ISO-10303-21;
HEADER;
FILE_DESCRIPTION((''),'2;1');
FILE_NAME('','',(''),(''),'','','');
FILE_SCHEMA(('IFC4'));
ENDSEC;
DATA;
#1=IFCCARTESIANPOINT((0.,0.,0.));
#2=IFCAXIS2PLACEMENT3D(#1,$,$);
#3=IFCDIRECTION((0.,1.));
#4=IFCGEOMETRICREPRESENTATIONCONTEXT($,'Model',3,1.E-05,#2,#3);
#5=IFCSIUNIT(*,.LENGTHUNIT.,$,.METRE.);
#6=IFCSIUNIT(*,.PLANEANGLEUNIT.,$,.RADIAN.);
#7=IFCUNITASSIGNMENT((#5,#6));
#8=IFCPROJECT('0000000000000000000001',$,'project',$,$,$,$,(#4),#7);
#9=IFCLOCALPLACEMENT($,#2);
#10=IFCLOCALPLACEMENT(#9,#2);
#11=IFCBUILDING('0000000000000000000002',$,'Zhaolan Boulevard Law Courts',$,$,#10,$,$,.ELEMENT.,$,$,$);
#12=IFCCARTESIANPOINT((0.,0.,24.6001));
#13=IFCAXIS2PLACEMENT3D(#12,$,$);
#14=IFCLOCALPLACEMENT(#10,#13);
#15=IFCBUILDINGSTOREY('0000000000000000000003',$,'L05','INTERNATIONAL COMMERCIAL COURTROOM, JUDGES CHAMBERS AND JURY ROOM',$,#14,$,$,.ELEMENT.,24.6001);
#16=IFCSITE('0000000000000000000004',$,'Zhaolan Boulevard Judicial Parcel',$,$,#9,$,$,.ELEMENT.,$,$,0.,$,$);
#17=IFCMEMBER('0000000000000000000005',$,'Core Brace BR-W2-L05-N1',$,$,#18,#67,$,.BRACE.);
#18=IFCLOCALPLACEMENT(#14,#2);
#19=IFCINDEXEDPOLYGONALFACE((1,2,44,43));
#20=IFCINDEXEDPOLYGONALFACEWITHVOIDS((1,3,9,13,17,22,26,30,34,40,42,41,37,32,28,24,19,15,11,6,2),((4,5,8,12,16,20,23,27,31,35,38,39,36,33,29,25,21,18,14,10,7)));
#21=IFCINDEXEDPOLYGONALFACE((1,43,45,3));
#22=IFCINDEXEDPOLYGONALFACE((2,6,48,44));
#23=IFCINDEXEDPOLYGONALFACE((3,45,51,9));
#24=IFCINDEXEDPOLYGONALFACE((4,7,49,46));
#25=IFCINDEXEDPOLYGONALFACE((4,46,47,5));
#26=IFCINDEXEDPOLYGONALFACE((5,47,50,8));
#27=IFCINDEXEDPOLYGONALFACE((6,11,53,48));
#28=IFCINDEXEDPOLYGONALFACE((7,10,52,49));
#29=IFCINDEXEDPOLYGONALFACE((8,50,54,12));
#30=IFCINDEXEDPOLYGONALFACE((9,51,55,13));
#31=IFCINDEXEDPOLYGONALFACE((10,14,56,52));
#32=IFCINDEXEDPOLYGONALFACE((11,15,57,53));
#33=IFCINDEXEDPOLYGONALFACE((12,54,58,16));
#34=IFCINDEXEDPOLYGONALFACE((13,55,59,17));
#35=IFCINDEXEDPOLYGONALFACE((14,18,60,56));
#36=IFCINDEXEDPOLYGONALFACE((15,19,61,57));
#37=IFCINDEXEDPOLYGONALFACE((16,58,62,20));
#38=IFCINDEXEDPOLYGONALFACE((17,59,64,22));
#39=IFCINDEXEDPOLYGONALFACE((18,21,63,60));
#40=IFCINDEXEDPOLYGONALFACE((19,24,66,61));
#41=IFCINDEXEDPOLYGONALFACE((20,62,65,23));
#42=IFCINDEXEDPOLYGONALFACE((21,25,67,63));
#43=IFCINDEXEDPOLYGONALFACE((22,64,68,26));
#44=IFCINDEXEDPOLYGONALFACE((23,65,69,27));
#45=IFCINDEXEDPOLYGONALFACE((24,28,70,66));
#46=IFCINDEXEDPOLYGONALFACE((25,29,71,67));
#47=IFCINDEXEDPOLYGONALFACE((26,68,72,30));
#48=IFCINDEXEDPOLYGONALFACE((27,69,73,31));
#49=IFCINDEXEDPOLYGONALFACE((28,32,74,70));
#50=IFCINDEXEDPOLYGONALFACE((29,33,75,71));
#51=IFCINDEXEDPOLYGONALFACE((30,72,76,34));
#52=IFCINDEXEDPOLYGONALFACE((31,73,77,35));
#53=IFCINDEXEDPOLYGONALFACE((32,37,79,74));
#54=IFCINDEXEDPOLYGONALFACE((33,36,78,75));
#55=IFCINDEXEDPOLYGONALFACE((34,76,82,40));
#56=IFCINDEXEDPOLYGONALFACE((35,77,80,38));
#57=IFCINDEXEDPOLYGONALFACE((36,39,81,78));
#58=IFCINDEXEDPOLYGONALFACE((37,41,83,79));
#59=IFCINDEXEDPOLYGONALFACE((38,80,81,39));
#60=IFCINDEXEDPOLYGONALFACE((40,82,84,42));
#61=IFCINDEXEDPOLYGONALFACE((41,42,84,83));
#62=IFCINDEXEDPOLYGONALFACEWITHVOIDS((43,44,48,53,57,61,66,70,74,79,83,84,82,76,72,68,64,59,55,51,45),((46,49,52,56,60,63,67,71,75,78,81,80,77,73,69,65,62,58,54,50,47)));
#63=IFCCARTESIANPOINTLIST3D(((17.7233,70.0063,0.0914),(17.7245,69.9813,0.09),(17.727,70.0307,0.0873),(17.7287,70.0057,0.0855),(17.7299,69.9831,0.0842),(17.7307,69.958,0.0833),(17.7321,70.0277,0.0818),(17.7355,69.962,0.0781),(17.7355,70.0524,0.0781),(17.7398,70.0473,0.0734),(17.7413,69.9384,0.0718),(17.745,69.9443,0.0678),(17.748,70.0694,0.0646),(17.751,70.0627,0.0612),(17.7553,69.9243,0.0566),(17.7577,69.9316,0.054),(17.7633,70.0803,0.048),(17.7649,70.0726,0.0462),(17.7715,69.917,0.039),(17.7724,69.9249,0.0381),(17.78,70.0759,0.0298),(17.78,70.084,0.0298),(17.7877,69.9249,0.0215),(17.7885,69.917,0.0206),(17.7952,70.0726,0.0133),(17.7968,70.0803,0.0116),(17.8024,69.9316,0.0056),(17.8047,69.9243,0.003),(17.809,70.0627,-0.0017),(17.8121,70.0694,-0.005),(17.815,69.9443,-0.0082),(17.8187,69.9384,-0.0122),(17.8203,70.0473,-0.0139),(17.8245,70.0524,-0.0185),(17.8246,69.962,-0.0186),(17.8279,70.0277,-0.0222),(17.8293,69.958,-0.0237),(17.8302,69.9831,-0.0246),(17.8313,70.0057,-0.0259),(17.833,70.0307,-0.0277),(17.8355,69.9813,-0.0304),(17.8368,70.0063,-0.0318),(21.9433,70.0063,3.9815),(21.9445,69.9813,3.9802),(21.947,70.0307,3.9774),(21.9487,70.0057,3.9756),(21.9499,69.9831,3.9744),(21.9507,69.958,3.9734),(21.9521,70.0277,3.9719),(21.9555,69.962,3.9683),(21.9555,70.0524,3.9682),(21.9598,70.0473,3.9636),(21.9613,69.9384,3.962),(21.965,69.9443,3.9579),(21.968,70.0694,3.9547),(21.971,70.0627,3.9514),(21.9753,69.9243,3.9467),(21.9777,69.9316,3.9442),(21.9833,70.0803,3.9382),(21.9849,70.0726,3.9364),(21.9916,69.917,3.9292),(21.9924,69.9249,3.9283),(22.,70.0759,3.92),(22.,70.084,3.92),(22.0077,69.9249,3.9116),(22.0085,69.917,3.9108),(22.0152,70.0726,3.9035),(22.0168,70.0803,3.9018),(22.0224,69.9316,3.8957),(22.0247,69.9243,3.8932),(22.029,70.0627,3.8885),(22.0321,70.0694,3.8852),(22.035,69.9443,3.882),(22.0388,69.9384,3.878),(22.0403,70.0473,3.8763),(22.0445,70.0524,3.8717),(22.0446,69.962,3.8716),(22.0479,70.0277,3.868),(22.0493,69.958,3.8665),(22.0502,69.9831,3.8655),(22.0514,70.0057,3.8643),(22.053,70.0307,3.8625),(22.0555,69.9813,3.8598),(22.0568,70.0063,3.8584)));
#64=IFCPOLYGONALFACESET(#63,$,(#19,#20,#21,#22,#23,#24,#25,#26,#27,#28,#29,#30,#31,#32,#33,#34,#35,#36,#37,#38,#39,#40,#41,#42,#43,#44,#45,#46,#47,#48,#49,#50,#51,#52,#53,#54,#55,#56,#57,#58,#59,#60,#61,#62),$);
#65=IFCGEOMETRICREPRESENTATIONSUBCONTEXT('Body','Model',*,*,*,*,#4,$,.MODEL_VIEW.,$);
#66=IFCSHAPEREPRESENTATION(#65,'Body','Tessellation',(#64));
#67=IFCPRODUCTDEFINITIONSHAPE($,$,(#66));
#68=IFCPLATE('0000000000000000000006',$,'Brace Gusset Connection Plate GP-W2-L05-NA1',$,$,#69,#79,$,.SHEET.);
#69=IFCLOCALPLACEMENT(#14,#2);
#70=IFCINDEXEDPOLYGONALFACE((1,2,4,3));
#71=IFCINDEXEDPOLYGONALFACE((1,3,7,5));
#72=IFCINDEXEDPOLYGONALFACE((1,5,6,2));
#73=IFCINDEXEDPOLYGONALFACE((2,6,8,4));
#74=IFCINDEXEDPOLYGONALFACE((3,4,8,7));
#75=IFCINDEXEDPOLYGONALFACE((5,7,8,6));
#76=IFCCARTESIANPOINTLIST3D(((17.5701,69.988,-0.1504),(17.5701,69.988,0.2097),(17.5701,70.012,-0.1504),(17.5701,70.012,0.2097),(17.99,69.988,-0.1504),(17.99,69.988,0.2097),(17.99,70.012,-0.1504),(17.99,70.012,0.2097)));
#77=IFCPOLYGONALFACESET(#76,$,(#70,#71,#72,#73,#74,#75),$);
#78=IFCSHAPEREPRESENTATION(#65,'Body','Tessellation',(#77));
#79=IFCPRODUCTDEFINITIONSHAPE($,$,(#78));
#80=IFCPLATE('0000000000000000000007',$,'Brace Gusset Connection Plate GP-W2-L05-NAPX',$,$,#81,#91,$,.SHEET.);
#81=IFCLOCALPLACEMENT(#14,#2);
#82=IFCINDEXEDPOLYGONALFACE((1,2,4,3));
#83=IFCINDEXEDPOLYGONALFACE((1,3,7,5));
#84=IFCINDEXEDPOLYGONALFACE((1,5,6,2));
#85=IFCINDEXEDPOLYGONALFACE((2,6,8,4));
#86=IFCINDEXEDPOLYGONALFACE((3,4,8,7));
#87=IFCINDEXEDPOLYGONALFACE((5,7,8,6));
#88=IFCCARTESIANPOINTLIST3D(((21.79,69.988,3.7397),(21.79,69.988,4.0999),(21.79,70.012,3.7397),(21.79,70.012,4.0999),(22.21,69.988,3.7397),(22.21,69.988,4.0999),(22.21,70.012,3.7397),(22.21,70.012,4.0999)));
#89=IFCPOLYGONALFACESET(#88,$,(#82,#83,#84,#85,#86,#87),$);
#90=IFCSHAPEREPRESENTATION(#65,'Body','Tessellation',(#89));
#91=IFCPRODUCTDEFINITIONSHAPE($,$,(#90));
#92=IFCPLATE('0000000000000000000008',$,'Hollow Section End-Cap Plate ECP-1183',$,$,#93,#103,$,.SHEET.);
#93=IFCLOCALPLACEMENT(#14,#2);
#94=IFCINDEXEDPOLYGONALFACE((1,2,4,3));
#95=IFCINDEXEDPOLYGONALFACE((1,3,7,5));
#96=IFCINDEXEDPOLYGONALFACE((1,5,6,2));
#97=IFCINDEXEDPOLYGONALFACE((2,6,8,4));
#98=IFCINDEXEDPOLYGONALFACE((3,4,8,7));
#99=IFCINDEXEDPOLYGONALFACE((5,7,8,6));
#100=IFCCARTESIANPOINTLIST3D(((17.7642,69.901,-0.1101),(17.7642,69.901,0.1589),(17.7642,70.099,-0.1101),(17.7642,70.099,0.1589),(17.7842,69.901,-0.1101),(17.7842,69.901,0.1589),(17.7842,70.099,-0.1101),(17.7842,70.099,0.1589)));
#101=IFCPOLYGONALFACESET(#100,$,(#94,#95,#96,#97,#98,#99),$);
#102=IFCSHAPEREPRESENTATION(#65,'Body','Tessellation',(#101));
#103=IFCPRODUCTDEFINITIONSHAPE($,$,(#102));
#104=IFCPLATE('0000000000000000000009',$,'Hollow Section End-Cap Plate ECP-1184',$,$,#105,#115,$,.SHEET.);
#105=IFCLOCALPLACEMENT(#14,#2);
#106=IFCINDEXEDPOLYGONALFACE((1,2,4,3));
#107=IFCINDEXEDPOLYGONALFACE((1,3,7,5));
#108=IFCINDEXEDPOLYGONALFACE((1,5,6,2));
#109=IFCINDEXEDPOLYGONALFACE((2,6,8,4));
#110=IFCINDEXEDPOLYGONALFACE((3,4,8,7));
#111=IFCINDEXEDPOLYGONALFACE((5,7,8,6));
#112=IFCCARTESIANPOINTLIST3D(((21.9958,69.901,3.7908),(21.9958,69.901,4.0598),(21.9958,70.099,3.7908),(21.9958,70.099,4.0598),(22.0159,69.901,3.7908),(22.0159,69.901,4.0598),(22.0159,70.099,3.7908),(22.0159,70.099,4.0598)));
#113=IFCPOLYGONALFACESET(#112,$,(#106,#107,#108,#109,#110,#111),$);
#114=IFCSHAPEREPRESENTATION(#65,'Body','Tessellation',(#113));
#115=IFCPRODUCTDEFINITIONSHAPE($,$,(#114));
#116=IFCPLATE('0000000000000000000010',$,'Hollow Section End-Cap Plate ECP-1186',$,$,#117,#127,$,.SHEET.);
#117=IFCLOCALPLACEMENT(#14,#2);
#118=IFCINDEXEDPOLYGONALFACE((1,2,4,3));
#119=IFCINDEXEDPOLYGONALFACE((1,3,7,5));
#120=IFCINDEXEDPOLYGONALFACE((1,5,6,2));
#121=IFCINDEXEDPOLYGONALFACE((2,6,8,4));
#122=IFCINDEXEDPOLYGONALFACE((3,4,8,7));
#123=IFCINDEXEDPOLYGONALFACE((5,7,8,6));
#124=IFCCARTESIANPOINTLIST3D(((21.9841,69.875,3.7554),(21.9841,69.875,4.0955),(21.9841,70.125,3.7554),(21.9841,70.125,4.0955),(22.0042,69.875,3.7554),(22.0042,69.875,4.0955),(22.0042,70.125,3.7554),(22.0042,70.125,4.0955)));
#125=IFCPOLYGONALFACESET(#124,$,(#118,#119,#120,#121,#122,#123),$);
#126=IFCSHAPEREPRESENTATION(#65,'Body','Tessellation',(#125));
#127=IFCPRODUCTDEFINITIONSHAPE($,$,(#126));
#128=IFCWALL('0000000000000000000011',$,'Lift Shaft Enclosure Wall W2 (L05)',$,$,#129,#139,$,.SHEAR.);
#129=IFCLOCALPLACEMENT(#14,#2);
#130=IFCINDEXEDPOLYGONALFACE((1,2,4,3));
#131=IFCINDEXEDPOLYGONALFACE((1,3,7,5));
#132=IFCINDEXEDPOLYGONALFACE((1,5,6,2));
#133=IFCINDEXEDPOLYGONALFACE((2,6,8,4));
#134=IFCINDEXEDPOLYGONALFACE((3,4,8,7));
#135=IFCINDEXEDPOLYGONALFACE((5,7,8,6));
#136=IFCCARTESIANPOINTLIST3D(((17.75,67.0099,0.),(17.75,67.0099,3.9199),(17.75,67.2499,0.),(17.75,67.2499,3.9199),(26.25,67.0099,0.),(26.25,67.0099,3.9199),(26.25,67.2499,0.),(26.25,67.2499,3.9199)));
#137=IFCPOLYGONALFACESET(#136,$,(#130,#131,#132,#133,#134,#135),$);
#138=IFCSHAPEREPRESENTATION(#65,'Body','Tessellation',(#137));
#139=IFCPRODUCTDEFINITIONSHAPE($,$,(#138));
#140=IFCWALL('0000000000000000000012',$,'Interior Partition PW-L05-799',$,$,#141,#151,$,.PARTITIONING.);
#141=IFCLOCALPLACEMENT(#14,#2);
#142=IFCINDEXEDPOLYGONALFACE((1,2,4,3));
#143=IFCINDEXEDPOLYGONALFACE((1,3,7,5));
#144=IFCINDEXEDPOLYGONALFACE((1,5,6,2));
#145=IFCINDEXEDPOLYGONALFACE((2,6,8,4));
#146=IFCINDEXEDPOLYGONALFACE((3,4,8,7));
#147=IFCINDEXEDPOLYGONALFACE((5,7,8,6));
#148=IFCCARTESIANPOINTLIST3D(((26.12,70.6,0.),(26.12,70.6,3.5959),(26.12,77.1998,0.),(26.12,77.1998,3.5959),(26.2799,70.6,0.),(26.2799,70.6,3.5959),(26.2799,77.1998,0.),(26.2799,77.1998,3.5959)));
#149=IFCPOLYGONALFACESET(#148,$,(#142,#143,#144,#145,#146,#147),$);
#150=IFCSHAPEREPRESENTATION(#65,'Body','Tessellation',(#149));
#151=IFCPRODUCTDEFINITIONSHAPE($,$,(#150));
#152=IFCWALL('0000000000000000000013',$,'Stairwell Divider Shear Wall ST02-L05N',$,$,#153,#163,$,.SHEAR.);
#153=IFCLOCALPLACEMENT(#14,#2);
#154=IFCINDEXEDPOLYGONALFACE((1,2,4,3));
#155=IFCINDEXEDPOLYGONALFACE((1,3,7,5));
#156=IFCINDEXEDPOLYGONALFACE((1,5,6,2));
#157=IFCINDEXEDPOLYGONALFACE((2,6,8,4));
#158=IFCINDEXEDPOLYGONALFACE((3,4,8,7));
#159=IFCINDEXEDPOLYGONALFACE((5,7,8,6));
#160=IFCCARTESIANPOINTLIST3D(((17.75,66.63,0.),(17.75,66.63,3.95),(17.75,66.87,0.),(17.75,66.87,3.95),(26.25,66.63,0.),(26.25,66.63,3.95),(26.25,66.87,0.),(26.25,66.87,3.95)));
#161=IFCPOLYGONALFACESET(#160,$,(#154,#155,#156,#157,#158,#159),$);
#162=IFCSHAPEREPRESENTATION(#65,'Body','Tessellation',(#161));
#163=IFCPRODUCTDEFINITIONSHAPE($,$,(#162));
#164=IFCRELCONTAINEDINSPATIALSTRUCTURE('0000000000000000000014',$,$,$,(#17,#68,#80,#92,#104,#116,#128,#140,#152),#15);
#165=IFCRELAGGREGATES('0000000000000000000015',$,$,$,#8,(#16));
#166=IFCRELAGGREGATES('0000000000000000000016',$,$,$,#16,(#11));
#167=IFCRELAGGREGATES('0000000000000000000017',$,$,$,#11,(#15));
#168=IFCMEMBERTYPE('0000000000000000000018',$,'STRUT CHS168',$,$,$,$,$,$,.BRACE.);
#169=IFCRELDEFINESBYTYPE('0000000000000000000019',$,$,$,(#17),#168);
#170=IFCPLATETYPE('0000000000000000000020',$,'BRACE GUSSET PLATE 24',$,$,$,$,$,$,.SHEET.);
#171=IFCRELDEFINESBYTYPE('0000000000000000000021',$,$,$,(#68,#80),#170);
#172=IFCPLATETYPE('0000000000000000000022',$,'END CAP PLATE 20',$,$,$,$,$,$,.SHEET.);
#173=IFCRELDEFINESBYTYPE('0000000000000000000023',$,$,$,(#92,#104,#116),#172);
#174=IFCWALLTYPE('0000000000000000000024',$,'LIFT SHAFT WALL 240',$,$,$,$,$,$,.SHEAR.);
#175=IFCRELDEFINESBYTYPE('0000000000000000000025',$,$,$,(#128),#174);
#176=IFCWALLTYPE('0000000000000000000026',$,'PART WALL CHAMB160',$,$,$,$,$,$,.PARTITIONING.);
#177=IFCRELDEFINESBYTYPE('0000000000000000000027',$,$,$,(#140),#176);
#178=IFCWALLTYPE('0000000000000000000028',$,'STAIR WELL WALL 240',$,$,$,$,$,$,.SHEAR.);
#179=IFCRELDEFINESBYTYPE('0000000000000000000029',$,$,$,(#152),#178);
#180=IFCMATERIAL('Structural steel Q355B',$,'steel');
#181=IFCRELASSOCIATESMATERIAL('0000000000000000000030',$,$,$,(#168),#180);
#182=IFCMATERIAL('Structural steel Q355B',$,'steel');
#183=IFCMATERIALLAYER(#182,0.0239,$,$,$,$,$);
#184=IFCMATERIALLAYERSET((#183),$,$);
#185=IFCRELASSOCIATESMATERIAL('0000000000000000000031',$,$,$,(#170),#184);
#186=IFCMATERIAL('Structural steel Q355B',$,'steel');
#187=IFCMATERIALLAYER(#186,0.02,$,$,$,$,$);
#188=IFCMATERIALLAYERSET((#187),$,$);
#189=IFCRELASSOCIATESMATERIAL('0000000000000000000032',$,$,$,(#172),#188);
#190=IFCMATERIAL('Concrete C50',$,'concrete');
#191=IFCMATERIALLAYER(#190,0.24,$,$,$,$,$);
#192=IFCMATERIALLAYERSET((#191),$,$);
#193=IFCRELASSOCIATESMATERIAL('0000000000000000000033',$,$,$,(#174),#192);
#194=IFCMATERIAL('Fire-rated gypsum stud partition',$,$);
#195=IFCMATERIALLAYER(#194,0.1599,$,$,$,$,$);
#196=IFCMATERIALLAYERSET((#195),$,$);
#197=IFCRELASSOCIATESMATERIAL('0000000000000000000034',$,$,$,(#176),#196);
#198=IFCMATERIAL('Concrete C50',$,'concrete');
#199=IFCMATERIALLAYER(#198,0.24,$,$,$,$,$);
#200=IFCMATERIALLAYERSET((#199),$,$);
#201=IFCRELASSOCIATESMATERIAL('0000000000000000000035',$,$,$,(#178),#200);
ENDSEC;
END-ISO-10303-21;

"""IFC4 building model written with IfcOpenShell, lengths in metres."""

from ifc_helpers import new_model, si_unit, direction, frame, frame_2d, origin, origin_2d, place, context, subcontext, project, spatial, rectangle, hollow_circle, extrude, material, layer, layer_set, material_profile, profile_set, type_object, element, save


model = new_model("IFC4")

# Units and contexts
model_context = context("Model", 3, precision=1e-05, world=origin(), true_north=direction((0.0, 1.0)))
body_context = subcontext(model_context, "Body", "Model", "MODEL_VIEW")
ifc_project = project(units=[si_unit("LENGTHUNIT", "METRE"), si_unit("PLANEANGLEUNIT", "RADIAN")], contexts=[model_context])

# Site, building, storey
site_placement = place(None, origin())
site = spatial("IfcSite", under=ifc_project, at=site_placement, Name="Zhaolan Boulevard Judicial Parcel", CompositionType="ELEMENT", RefElevation=0.0)
building_placement = place(site_placement, origin())
building = spatial("IfcBuilding", under=site, at=building_placement, Name="Zhaolan Boulevard Law Courts", CompositionType="ELEMENT")
storey_placement = place(building_placement, frame((0.0, 0.0, 24.6001)))
storey = spatial("IfcBuildingStorey", under=building, at=storey_placement, Name="L05", Description="INTERNATIONAL COMMERCIAL COURTROOM, JUDGES CHAMBERS AND JURY ROOM", CompositionType="ELEMENT", Elevation=24.6001)

# Member
ifc_material_1 = material(Name="Structural steel Q355B", Category="steel")
ifc_material_profile_1 = material_profile(ifc_material_1, hollow_circle(Radius=0.084, WallThickness=0.0081, at=origin_2d()), Name="CHS168x8")
ifc_profile_set_1 = profile_set([ifc_material_profile_1], Name="Structural steel Q355B")
member_type = type_object("IfcMemberType", Name="STRUT CHS168", PredefinedType="BRACE", material=ifc_profile_set_1)
member_placement = place(storey_placement, frame((17.78, 70.0, 0.0298), z_axis=(0.735257, 0.0, 0.677789), x_axis=(0.0, 1.0, 0.0)))
element("IfcMember", 1, at=member_placement, inside=storey, type_object=member_type, Name="Core Brace BR-W2-L05-N1", PredefinedType="BRACE", context=body_context, shape_type="SweptSolid", body=[
    extrude(hollow_circle(Radius=0.084, WallThickness=0.0081, at=origin_2d()), origin(), (0.0, 0.0, 1.0), 5.7395),
])

# Plates
ifc_material_2 = material(Name="Structural steel Q355B", Category="steel")
ifc_layer_1 = layer(ifc_material_2, 0.0239)
ifc_layer_set_1 = layer_set([ifc_layer_1])
plate_type_1 = type_object("IfcPlateType", Name="BRACE GUSSET PLATE 24", PredefinedType="SHEET", material=ifc_layer_set_1)
for number, where, z_axis, x_axis, name in (
    (2, (17.78, 70.0, -0.1504), (0.0, 0.0, 1.0), (1.0, 0.0, 0.0), "Brace Gusset Connection Plate GP-W2-L05-NA1"),
    (3, (22.0, 70.0, 3.7397), (0.0, 0.0, 1.0), (1.0, 0.0, 0.0), "Brace Gusset Connection Plate GP-W2-L05-NAPX"),
):
    element("IfcPlate", number, at=place(storey_placement, frame(where, z_axis=z_axis, x_axis=x_axis)), inside=storey, type_object=plate_type_1, Name=name, PredefinedType="SHEET", context=body_context, shape_type="SweptSolid", body=[
        extrude(rectangle(XDim=0.4199, YDim=0.0239, at=origin_2d()), origin(), (0.0, 0.0, 1.0), 0.3601),
    ])
ifc_material_3 = material(Name="Structural steel Q355B", Category="steel")
ifc_layer_2 = layer(ifc_material_3, 0.02)
ifc_layer_set_2 = layer_set([ifc_layer_2])
plate_type_2 = type_object("IfcPlateType", Name="END CAP PLATE 20", PredefinedType="SHEET", material=ifc_layer_set_2)
for number, where, z_axis, x_axis, name in (
    (4, (17.7742, 70.0, -0.1101), (0.0, 0.0, 1.0), (1.0, 0.0, 0.0), "Hollow Section End-Cap Plate ECP-1183"),
    (5, (22.0059, 70.0, 3.7908), (0.0, 0.0, 1.0), (1.0, 0.0, 0.0), "Hollow Section End-Cap Plate ECP-1184"),
):
    element("IfcPlate", number, at=place(storey_placement, frame(where, z_axis=z_axis, x_axis=x_axis)), inside=storey, type_object=plate_type_2, Name=name, PredefinedType="SHEET", context=body_context, shape_type="SweptSolid", body=[
        extrude(rectangle(XDim=0.02, YDim=0.198, at=origin_2d()), origin(), (0.0, 0.0, 1.0), 0.269),
    ])
plate_placement = place(storey_placement, frame((21.9941, 70.0, 3.7554), z_axis=(0.0, 0.0, 1.0), x_axis=(-1.0, 0.0, 0.0)))
element("IfcPlate", 6, at=plate_placement, inside=storey, type_object=plate_type_2, Name="Hollow Section End-Cap Plate ECP-1186", PredefinedType="SHEET", context=body_context, shape_type="SweptSolid", body=[
    extrude(rectangle(XDim=0.02, YDim=0.25, at=origin_2d()), origin(), (0.0, 0.0, 1.0), 0.3401),
])

# Walls
ifc_material_4 = material(Name="Concrete C50", Category="concrete")
ifc_layer_3 = layer(ifc_material_4, 0.24)
ifc_layer_set_3 = layer_set([ifc_layer_3])
wall_type_1 = type_object("IfcWallType", Name="LIFT SHAFT WALL 240", PredefinedType="SHEAR", material=ifc_layer_set_3)
wall_1_placement = place(storey_placement, frame((17.75, 67.1299, 0.0), z_axis=(0.0, 0.0, 1.0), x_axis=(1.0, 0.0, 0.0)))
element("IfcWall", 7, at=wall_1_placement, inside=storey, type_object=wall_type_1, Name="Lift Shaft Enclosure Wall W2 (L05)", PredefinedType="SHEAR", context=body_context, shape_type="SweptSolid", body=[
    extrude(rectangle(XDim=8.5, YDim=0.24, at=frame_2d((4.25, 0.0))), origin(), (0.0, 0.0, 1.0), 3.9199),
])
ifc_material_5 = material(Name="Fire-rated gypsum stud partition")
ifc_layer_4 = layer(ifc_material_5, 0.1599)
ifc_layer_set_4 = layer_set([ifc_layer_4])
wall_type_2 = type_object("IfcWallType", Name="PART WALL CHAMB160", PredefinedType="PARTITIONING", material=ifc_layer_set_4)
wall_2_placement = place(storey_placement, frame((26.2, 70.6001, 0.0), z_axis=(0.0, 0.0, 1.0), x_axis=(0.0, 1.0, 0.0)))
element("IfcWall", 8, at=wall_2_placement, inside=storey, type_object=wall_type_2, Name="Interior Partition PW-L05-799", PredefinedType="PARTITIONING", context=body_context, shape_type="SweptSolid", body=[
    extrude(rectangle(XDim=6.5999, YDim=0.1599, at=frame_2d((3.2998, 0.0))), origin(), (0.0, 0.0, 1.0), 3.5959),
])
ifc_material_6 = material(Name="Concrete C50", Category="concrete")
ifc_layer_5 = layer(ifc_material_6, 0.24)
ifc_layer_set_5 = layer_set([ifc_layer_5])
wall_type_3 = type_object("IfcWallType", Name="STAIR WELL WALL 240", PredefinedType="SHEAR", material=ifc_layer_set_5)
wall_3_placement = place(storey_placement, frame((17.75, 66.75, 0.0), z_axis=(0.0, 0.0, 1.0), x_axis=(1.0, 0.0, 0.0)))
element("IfcWall", 9, at=wall_3_placement, inside=storey, type_object=wall_type_3, Name="Stairwell Divider Shear Wall ST02-L05N", PredefinedType="SHEAR", context=body_context, shape_type="SweptSolid", body=[
    extrude(rectangle(XDim=8.5, YDim=0.24, at=frame_2d((4.25, 0.0))), origin(), (0.0, 0.0, 1.0), 3.95),
])

save(model, "model.ifc")
